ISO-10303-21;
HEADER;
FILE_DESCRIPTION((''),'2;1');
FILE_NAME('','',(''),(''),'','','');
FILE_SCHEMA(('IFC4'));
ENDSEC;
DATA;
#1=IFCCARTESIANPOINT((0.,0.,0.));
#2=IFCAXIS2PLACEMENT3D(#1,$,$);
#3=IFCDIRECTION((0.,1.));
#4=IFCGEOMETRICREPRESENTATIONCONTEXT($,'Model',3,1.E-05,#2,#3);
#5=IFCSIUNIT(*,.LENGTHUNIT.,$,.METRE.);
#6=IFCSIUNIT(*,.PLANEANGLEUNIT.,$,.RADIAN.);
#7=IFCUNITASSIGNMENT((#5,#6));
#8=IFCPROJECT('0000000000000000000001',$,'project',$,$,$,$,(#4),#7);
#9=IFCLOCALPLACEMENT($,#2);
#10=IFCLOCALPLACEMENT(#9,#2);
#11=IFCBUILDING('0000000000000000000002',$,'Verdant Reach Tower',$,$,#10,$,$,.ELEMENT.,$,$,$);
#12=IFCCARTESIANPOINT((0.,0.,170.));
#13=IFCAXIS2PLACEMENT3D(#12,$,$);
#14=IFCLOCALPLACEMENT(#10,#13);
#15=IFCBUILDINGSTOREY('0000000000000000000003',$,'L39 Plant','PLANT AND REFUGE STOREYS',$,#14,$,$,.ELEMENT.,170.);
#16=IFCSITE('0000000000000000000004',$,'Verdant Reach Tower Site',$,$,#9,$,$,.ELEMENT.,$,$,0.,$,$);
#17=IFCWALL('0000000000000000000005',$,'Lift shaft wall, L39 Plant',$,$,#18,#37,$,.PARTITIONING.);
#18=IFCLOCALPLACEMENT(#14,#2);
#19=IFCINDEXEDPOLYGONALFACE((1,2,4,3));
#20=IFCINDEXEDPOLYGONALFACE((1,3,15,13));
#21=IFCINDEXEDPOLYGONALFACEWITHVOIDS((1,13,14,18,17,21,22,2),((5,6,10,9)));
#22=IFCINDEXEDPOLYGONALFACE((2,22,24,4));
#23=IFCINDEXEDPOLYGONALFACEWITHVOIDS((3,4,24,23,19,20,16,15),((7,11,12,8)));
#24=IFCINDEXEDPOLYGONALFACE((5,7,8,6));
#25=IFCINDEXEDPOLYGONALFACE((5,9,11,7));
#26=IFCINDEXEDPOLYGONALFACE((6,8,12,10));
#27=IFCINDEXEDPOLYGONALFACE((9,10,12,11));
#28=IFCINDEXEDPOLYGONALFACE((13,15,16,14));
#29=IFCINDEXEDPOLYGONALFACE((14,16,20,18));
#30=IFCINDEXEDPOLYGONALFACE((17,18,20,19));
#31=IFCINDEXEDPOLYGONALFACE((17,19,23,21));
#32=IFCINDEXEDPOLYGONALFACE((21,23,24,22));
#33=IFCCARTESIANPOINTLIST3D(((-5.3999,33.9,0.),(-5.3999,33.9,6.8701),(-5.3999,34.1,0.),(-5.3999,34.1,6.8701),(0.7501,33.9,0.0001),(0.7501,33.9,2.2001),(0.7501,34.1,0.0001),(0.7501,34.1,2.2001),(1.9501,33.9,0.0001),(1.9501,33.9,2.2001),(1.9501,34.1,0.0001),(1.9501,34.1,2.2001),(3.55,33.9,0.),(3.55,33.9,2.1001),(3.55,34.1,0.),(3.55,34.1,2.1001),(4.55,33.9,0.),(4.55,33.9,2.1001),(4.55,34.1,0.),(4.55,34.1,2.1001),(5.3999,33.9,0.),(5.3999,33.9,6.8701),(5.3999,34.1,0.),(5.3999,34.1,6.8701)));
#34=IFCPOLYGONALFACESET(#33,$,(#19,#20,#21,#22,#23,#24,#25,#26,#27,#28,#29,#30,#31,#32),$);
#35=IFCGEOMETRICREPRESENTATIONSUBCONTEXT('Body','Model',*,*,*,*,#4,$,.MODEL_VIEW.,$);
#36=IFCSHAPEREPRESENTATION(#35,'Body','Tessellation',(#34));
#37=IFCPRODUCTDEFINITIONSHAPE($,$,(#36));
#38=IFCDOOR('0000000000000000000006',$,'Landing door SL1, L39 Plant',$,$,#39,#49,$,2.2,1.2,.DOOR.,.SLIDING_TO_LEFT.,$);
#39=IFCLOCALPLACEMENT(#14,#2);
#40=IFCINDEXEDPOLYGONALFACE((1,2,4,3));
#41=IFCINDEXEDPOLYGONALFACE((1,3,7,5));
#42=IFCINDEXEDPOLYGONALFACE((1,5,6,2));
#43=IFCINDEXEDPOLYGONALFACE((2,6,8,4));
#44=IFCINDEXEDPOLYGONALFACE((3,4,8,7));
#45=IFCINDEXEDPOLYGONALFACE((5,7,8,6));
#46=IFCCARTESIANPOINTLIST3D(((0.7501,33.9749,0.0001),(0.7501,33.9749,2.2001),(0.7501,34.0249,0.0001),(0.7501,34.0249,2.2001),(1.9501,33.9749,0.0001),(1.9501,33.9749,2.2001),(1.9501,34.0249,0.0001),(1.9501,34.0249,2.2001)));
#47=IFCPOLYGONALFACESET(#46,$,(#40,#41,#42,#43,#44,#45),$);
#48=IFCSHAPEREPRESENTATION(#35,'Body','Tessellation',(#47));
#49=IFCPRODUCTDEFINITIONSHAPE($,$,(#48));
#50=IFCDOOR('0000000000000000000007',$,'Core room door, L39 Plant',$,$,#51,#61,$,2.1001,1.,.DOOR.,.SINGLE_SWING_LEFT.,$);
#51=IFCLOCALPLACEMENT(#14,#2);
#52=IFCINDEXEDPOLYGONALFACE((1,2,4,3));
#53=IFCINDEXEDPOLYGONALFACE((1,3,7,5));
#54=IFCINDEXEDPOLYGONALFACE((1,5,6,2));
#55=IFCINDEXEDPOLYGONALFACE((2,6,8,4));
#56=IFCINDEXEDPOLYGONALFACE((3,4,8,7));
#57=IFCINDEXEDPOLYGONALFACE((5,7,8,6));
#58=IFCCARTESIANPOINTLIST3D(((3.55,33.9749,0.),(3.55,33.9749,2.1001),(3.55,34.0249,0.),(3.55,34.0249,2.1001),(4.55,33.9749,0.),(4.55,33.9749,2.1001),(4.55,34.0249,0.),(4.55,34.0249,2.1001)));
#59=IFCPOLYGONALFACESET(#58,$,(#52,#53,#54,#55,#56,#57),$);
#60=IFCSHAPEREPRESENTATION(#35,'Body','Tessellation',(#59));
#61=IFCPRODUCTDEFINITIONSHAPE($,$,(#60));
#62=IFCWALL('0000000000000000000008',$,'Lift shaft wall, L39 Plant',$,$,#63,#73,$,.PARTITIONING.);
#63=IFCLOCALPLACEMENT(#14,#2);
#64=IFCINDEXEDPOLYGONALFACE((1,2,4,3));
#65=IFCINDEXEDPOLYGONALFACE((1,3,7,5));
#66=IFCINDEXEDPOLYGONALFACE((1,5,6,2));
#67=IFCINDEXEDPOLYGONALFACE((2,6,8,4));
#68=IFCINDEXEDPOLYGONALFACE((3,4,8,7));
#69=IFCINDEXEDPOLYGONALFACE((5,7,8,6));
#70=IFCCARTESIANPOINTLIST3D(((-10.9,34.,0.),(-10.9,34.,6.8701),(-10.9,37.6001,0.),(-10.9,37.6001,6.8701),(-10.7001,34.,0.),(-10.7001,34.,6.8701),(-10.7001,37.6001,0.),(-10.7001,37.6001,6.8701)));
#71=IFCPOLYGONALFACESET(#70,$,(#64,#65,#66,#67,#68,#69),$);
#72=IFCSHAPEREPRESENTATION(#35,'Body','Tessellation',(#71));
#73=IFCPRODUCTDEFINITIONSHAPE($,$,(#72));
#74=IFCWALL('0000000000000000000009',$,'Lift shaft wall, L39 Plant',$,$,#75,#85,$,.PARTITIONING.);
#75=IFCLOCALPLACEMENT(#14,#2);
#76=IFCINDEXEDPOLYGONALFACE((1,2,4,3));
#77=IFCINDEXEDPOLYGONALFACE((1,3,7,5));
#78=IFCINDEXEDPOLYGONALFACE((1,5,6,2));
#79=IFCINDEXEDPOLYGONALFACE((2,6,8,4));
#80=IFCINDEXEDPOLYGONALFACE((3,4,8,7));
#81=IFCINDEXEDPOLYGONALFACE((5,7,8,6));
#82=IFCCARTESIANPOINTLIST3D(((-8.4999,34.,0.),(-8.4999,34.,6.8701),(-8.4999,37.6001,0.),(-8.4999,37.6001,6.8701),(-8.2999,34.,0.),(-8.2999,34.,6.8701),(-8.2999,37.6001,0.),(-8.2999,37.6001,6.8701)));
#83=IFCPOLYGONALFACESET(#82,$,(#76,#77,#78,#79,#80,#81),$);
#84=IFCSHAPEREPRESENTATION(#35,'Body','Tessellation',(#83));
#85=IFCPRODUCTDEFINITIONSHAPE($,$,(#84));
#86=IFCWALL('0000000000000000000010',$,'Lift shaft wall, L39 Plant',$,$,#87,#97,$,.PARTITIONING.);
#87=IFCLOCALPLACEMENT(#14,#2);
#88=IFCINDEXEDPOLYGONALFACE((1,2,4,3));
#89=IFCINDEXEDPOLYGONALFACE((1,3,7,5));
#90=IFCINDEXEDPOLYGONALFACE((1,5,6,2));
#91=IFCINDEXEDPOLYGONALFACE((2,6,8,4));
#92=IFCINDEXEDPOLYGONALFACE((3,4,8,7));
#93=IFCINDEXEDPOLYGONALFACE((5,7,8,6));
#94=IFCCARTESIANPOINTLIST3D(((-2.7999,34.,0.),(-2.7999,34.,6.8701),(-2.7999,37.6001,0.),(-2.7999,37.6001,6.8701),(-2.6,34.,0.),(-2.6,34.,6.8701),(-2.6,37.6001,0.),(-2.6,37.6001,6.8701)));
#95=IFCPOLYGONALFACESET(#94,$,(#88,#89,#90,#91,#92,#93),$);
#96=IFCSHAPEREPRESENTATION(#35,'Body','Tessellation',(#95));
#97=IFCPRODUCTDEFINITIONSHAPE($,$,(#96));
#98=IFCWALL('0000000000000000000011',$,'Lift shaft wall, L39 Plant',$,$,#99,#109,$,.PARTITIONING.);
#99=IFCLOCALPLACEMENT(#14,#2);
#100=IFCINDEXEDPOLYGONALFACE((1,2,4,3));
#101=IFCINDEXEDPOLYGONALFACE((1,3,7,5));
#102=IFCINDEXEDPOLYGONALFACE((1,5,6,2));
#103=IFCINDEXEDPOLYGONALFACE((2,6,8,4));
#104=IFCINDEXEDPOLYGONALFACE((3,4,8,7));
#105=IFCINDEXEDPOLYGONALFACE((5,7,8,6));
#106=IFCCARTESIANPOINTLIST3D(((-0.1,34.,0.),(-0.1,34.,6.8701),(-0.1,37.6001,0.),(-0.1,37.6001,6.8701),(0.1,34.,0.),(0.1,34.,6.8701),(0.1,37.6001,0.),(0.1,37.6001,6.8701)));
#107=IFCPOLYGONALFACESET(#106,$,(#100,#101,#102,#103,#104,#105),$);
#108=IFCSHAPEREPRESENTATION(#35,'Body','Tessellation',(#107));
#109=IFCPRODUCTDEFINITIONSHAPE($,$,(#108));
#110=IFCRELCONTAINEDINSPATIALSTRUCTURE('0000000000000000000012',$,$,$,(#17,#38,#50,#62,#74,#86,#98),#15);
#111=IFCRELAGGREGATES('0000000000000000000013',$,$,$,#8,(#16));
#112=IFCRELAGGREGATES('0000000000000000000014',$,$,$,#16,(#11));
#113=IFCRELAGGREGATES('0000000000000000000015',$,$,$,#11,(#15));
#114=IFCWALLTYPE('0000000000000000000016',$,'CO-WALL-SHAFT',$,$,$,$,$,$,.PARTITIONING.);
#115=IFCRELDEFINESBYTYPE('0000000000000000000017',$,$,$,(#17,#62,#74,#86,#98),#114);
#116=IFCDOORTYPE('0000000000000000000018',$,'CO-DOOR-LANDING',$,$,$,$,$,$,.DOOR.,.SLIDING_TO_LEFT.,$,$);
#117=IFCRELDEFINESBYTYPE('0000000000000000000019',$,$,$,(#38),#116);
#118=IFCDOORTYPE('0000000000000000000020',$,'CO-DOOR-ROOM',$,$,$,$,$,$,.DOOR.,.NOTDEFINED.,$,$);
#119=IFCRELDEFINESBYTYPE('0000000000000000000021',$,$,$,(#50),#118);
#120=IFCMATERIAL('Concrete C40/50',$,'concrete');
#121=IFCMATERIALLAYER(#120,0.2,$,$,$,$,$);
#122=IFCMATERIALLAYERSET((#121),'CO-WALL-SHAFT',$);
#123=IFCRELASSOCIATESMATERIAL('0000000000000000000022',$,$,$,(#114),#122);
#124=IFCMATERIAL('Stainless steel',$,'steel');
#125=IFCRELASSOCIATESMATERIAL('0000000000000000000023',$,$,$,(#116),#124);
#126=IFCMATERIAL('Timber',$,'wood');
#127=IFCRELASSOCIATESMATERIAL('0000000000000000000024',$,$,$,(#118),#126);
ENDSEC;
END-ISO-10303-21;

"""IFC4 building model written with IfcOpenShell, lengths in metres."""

from ifc_helpers import new_model, si_unit, direction, frame, frame_2d, origin, place, context, subcontext, project, spatial, rectangle, extrude, material, layer, layer_set, type_object, element, fill, save


model = new_model("IFC4")

# Units and contexts
model_context = context("Model", 3, precision=1e-05, world=origin(), true_north=direction((0.0, 1.0)))
body_context = subcontext(model_context, "Body", "Model", "MODEL_VIEW")
ifc_project = project(units=[si_unit("LENGTHUNIT", "METRE"), si_unit("PLANEANGLEUNIT", "RADIAN")], contexts=[model_context])

# Site, building, storey
site_placement = place(None, origin())
site = spatial("IfcSite", under=ifc_project, at=site_placement, Name="Verdant Reach Tower Site", CompositionType="ELEMENT", RefElevation=0.0)
building_placement = place(site_placement, origin())
building = spatial("IfcBuilding", under=site, at=building_placement, Name="Verdant Reach Tower", CompositionType="ELEMENT")
storey_placement = place(building_placement, frame((0.0, 0.0, 170.0)))
storey = spatial("IfcBuildingStorey", under=building, at=storey_placement, Name="L39 Plant", Description="PLANT AND REFUGE STOREYS", CompositionType="ELEMENT", Elevation=170.0)

# Wall, openings, doors
ifc_material_1 = material(Name="Concrete C40/50", Category="concrete")
ifc_layer_1 = layer(ifc_material_1, 0.2)
ifc_layer_set_1 = layer_set([ifc_layer_1], Name="CO-WALL-SHAFT")
wall_type = type_object("IfcWallType", Name="CO-WALL-SHAFT", PredefinedType="PARTITIONING", material=ifc_layer_set_1)
wall_placement = place(storey_placement, frame((-5.3999, 34.0, 0.0), z_axis=(0.0, 0.0, 1.0), x_axis=(1.0, 0.0, 0.0)))
wall = element("IfcWall", 1, at=wall_placement, inside=storey, type_object=wall_type, Name="Lift shaft wall, L39 Plant", PredefinedType="PARTITIONING", context=body_context, shape_type="SweptSolid", body=[
    extrude(rectangle(XDim=10.7998, YDim=0.2, at=frame_2d((5.3999, 0.0))), origin(), (0.0, 0.0, 1.0), 6.8701),
])
opening_1_placement = place(wall_placement, frame((6.1499, 0.0, 0.0)))
opening_1 = element("IfcOpeningElement", 2, at=opening_1_placement, cuts=wall, PredefinedType="OPENING", context=body_context, shape_type="SweptSolid", body=[
    extrude(rectangle(XDim=1.2, YDim=2.2, at=frame_2d((0.6001, 1.1001))), frame((0.0, 0.1099, 0.0), z_axis=(0.0, -1.0, 0.0), x_axis=(1.0, 0.0, 0.0)), (0.0, 0.0, 1.0), 0.22),
])
opening_2_placement = place(wall_placement, frame((8.95, 0.0, 0.0)))
opening_2 = element("IfcOpeningElement", 3, at=opening_2_placement, cuts=wall, PredefinedType="OPENING", context=body_context, shape_type="SweptSolid", body=[
    extrude(rectangle(XDim=1.0, YDim=2.1001, at=frame_2d((0.5, 1.05))), frame((0.0, 0.1099, 0.0), z_axis=(0.0, -1.0, 0.0), x_axis=(1.0, 0.0, 0.0)), (0.0, 0.0, 1.0), 0.22),
])
ifc_material_2 = material(Name="Stainless steel", Category="steel")
door_type_1 = type_object("IfcDoorType", Name="CO-DOOR-LANDING", OperationType="SLIDING_TO_LEFT", PredefinedType="DOOR", material=ifc_material_2)
door_1_placement = place(opening_1_placement, origin())
door_1 = element("IfcDoor", 4, at=door_1_placement, inside=storey, type_object=door_type_1, Name="Landing door SL1, L39 Plant", OperationType="SLIDING_TO_LEFT", OverallHeight=2.2, OverallWidth=1.2, PredefinedType="DOOR", context=body_context, shape_type="SweptSolid", body=[
    extrude(rectangle(XDim=1.2, YDim=2.2, at=frame_2d((0.6001, 1.1001))), frame((0.0, 0.0249, 0.0), z_axis=(0.0, -1.0, 0.0), x_axis=(1.0, 0.0, 0.0)), (0.0, 0.0, 1.0), 0.05),
])
fill(opening_1, door_1)
ifc_material_3 = material(Name="Timber", Category="wood")
door_type_2 = type_object("IfcDoorType", Name="CO-DOOR-ROOM", OperationType="NOTDEFINED", PredefinedType="DOOR", material=ifc_material_3)
door_2_placement = place(opening_2_placement, origin())
door_2 = element("IfcDoor", 5, at=door_2_placement, inside=storey, type_object=door_type_2, Name="Core room door, L39 Plant", OperationType="SINGLE_SWING_LEFT", OverallHeight=2.1001, OverallWidth=1.0, PredefinedType="DOOR", context=body_context, shape_type="SweptSolid", body=[
    extrude(rectangle(XDim=1.0, YDim=2.1001, at=frame_2d((0.5, 1.05))), frame((0.0, 0.0249, 0.0), z_axis=(0.0, -1.0, 0.0), x_axis=(1.0, 0.0, 0.0)), (0.0, 0.0, 1.0), 0.05),
])
fill(opening_2, door_2)

# Walls
for number, where, z_axis, x_axis, name in (
    (6, (-10.8, 34.0, 0.0), (0.0, 0.0, 1.0), (0.0, 1.0, 0.0), "Lift shaft wall, L39 Plant"),
    (7, (-8.3999, 34.0, 0.0), (0.0, 0.0, 1.0), (0.0, 1.0, 0.0), "Lift shaft wall, L39 Plant"),
    (8, (-2.7, 34.0, 0.0), (0.0, 0.0, 1.0), (0.0, 1.0, 0.0), "Lift shaft wall, L39 Plant"),
    (9, (0.0, 34.0, 0.0), (0.0, 0.0, 1.0), (0.0, 1.0, 0.0), "Lift shaft wall, L39 Plant"),
):
    element("IfcWall", number, at=place(storey_placement, frame(where, z_axis=z_axis, x_axis=x_axis)), inside=storey, type_object=wall_type, Name=name, PredefinedType="PARTITIONING", context=body_context, shape_type="SweptSolid", body=[
        extrude(rectangle(XDim=3.6001, YDim=0.2, at=frame_2d((1.8, 0.0))), origin(), (0.0, 0.0, 1.0), 6.8701),
    ])

save(model, "model.ifc")
